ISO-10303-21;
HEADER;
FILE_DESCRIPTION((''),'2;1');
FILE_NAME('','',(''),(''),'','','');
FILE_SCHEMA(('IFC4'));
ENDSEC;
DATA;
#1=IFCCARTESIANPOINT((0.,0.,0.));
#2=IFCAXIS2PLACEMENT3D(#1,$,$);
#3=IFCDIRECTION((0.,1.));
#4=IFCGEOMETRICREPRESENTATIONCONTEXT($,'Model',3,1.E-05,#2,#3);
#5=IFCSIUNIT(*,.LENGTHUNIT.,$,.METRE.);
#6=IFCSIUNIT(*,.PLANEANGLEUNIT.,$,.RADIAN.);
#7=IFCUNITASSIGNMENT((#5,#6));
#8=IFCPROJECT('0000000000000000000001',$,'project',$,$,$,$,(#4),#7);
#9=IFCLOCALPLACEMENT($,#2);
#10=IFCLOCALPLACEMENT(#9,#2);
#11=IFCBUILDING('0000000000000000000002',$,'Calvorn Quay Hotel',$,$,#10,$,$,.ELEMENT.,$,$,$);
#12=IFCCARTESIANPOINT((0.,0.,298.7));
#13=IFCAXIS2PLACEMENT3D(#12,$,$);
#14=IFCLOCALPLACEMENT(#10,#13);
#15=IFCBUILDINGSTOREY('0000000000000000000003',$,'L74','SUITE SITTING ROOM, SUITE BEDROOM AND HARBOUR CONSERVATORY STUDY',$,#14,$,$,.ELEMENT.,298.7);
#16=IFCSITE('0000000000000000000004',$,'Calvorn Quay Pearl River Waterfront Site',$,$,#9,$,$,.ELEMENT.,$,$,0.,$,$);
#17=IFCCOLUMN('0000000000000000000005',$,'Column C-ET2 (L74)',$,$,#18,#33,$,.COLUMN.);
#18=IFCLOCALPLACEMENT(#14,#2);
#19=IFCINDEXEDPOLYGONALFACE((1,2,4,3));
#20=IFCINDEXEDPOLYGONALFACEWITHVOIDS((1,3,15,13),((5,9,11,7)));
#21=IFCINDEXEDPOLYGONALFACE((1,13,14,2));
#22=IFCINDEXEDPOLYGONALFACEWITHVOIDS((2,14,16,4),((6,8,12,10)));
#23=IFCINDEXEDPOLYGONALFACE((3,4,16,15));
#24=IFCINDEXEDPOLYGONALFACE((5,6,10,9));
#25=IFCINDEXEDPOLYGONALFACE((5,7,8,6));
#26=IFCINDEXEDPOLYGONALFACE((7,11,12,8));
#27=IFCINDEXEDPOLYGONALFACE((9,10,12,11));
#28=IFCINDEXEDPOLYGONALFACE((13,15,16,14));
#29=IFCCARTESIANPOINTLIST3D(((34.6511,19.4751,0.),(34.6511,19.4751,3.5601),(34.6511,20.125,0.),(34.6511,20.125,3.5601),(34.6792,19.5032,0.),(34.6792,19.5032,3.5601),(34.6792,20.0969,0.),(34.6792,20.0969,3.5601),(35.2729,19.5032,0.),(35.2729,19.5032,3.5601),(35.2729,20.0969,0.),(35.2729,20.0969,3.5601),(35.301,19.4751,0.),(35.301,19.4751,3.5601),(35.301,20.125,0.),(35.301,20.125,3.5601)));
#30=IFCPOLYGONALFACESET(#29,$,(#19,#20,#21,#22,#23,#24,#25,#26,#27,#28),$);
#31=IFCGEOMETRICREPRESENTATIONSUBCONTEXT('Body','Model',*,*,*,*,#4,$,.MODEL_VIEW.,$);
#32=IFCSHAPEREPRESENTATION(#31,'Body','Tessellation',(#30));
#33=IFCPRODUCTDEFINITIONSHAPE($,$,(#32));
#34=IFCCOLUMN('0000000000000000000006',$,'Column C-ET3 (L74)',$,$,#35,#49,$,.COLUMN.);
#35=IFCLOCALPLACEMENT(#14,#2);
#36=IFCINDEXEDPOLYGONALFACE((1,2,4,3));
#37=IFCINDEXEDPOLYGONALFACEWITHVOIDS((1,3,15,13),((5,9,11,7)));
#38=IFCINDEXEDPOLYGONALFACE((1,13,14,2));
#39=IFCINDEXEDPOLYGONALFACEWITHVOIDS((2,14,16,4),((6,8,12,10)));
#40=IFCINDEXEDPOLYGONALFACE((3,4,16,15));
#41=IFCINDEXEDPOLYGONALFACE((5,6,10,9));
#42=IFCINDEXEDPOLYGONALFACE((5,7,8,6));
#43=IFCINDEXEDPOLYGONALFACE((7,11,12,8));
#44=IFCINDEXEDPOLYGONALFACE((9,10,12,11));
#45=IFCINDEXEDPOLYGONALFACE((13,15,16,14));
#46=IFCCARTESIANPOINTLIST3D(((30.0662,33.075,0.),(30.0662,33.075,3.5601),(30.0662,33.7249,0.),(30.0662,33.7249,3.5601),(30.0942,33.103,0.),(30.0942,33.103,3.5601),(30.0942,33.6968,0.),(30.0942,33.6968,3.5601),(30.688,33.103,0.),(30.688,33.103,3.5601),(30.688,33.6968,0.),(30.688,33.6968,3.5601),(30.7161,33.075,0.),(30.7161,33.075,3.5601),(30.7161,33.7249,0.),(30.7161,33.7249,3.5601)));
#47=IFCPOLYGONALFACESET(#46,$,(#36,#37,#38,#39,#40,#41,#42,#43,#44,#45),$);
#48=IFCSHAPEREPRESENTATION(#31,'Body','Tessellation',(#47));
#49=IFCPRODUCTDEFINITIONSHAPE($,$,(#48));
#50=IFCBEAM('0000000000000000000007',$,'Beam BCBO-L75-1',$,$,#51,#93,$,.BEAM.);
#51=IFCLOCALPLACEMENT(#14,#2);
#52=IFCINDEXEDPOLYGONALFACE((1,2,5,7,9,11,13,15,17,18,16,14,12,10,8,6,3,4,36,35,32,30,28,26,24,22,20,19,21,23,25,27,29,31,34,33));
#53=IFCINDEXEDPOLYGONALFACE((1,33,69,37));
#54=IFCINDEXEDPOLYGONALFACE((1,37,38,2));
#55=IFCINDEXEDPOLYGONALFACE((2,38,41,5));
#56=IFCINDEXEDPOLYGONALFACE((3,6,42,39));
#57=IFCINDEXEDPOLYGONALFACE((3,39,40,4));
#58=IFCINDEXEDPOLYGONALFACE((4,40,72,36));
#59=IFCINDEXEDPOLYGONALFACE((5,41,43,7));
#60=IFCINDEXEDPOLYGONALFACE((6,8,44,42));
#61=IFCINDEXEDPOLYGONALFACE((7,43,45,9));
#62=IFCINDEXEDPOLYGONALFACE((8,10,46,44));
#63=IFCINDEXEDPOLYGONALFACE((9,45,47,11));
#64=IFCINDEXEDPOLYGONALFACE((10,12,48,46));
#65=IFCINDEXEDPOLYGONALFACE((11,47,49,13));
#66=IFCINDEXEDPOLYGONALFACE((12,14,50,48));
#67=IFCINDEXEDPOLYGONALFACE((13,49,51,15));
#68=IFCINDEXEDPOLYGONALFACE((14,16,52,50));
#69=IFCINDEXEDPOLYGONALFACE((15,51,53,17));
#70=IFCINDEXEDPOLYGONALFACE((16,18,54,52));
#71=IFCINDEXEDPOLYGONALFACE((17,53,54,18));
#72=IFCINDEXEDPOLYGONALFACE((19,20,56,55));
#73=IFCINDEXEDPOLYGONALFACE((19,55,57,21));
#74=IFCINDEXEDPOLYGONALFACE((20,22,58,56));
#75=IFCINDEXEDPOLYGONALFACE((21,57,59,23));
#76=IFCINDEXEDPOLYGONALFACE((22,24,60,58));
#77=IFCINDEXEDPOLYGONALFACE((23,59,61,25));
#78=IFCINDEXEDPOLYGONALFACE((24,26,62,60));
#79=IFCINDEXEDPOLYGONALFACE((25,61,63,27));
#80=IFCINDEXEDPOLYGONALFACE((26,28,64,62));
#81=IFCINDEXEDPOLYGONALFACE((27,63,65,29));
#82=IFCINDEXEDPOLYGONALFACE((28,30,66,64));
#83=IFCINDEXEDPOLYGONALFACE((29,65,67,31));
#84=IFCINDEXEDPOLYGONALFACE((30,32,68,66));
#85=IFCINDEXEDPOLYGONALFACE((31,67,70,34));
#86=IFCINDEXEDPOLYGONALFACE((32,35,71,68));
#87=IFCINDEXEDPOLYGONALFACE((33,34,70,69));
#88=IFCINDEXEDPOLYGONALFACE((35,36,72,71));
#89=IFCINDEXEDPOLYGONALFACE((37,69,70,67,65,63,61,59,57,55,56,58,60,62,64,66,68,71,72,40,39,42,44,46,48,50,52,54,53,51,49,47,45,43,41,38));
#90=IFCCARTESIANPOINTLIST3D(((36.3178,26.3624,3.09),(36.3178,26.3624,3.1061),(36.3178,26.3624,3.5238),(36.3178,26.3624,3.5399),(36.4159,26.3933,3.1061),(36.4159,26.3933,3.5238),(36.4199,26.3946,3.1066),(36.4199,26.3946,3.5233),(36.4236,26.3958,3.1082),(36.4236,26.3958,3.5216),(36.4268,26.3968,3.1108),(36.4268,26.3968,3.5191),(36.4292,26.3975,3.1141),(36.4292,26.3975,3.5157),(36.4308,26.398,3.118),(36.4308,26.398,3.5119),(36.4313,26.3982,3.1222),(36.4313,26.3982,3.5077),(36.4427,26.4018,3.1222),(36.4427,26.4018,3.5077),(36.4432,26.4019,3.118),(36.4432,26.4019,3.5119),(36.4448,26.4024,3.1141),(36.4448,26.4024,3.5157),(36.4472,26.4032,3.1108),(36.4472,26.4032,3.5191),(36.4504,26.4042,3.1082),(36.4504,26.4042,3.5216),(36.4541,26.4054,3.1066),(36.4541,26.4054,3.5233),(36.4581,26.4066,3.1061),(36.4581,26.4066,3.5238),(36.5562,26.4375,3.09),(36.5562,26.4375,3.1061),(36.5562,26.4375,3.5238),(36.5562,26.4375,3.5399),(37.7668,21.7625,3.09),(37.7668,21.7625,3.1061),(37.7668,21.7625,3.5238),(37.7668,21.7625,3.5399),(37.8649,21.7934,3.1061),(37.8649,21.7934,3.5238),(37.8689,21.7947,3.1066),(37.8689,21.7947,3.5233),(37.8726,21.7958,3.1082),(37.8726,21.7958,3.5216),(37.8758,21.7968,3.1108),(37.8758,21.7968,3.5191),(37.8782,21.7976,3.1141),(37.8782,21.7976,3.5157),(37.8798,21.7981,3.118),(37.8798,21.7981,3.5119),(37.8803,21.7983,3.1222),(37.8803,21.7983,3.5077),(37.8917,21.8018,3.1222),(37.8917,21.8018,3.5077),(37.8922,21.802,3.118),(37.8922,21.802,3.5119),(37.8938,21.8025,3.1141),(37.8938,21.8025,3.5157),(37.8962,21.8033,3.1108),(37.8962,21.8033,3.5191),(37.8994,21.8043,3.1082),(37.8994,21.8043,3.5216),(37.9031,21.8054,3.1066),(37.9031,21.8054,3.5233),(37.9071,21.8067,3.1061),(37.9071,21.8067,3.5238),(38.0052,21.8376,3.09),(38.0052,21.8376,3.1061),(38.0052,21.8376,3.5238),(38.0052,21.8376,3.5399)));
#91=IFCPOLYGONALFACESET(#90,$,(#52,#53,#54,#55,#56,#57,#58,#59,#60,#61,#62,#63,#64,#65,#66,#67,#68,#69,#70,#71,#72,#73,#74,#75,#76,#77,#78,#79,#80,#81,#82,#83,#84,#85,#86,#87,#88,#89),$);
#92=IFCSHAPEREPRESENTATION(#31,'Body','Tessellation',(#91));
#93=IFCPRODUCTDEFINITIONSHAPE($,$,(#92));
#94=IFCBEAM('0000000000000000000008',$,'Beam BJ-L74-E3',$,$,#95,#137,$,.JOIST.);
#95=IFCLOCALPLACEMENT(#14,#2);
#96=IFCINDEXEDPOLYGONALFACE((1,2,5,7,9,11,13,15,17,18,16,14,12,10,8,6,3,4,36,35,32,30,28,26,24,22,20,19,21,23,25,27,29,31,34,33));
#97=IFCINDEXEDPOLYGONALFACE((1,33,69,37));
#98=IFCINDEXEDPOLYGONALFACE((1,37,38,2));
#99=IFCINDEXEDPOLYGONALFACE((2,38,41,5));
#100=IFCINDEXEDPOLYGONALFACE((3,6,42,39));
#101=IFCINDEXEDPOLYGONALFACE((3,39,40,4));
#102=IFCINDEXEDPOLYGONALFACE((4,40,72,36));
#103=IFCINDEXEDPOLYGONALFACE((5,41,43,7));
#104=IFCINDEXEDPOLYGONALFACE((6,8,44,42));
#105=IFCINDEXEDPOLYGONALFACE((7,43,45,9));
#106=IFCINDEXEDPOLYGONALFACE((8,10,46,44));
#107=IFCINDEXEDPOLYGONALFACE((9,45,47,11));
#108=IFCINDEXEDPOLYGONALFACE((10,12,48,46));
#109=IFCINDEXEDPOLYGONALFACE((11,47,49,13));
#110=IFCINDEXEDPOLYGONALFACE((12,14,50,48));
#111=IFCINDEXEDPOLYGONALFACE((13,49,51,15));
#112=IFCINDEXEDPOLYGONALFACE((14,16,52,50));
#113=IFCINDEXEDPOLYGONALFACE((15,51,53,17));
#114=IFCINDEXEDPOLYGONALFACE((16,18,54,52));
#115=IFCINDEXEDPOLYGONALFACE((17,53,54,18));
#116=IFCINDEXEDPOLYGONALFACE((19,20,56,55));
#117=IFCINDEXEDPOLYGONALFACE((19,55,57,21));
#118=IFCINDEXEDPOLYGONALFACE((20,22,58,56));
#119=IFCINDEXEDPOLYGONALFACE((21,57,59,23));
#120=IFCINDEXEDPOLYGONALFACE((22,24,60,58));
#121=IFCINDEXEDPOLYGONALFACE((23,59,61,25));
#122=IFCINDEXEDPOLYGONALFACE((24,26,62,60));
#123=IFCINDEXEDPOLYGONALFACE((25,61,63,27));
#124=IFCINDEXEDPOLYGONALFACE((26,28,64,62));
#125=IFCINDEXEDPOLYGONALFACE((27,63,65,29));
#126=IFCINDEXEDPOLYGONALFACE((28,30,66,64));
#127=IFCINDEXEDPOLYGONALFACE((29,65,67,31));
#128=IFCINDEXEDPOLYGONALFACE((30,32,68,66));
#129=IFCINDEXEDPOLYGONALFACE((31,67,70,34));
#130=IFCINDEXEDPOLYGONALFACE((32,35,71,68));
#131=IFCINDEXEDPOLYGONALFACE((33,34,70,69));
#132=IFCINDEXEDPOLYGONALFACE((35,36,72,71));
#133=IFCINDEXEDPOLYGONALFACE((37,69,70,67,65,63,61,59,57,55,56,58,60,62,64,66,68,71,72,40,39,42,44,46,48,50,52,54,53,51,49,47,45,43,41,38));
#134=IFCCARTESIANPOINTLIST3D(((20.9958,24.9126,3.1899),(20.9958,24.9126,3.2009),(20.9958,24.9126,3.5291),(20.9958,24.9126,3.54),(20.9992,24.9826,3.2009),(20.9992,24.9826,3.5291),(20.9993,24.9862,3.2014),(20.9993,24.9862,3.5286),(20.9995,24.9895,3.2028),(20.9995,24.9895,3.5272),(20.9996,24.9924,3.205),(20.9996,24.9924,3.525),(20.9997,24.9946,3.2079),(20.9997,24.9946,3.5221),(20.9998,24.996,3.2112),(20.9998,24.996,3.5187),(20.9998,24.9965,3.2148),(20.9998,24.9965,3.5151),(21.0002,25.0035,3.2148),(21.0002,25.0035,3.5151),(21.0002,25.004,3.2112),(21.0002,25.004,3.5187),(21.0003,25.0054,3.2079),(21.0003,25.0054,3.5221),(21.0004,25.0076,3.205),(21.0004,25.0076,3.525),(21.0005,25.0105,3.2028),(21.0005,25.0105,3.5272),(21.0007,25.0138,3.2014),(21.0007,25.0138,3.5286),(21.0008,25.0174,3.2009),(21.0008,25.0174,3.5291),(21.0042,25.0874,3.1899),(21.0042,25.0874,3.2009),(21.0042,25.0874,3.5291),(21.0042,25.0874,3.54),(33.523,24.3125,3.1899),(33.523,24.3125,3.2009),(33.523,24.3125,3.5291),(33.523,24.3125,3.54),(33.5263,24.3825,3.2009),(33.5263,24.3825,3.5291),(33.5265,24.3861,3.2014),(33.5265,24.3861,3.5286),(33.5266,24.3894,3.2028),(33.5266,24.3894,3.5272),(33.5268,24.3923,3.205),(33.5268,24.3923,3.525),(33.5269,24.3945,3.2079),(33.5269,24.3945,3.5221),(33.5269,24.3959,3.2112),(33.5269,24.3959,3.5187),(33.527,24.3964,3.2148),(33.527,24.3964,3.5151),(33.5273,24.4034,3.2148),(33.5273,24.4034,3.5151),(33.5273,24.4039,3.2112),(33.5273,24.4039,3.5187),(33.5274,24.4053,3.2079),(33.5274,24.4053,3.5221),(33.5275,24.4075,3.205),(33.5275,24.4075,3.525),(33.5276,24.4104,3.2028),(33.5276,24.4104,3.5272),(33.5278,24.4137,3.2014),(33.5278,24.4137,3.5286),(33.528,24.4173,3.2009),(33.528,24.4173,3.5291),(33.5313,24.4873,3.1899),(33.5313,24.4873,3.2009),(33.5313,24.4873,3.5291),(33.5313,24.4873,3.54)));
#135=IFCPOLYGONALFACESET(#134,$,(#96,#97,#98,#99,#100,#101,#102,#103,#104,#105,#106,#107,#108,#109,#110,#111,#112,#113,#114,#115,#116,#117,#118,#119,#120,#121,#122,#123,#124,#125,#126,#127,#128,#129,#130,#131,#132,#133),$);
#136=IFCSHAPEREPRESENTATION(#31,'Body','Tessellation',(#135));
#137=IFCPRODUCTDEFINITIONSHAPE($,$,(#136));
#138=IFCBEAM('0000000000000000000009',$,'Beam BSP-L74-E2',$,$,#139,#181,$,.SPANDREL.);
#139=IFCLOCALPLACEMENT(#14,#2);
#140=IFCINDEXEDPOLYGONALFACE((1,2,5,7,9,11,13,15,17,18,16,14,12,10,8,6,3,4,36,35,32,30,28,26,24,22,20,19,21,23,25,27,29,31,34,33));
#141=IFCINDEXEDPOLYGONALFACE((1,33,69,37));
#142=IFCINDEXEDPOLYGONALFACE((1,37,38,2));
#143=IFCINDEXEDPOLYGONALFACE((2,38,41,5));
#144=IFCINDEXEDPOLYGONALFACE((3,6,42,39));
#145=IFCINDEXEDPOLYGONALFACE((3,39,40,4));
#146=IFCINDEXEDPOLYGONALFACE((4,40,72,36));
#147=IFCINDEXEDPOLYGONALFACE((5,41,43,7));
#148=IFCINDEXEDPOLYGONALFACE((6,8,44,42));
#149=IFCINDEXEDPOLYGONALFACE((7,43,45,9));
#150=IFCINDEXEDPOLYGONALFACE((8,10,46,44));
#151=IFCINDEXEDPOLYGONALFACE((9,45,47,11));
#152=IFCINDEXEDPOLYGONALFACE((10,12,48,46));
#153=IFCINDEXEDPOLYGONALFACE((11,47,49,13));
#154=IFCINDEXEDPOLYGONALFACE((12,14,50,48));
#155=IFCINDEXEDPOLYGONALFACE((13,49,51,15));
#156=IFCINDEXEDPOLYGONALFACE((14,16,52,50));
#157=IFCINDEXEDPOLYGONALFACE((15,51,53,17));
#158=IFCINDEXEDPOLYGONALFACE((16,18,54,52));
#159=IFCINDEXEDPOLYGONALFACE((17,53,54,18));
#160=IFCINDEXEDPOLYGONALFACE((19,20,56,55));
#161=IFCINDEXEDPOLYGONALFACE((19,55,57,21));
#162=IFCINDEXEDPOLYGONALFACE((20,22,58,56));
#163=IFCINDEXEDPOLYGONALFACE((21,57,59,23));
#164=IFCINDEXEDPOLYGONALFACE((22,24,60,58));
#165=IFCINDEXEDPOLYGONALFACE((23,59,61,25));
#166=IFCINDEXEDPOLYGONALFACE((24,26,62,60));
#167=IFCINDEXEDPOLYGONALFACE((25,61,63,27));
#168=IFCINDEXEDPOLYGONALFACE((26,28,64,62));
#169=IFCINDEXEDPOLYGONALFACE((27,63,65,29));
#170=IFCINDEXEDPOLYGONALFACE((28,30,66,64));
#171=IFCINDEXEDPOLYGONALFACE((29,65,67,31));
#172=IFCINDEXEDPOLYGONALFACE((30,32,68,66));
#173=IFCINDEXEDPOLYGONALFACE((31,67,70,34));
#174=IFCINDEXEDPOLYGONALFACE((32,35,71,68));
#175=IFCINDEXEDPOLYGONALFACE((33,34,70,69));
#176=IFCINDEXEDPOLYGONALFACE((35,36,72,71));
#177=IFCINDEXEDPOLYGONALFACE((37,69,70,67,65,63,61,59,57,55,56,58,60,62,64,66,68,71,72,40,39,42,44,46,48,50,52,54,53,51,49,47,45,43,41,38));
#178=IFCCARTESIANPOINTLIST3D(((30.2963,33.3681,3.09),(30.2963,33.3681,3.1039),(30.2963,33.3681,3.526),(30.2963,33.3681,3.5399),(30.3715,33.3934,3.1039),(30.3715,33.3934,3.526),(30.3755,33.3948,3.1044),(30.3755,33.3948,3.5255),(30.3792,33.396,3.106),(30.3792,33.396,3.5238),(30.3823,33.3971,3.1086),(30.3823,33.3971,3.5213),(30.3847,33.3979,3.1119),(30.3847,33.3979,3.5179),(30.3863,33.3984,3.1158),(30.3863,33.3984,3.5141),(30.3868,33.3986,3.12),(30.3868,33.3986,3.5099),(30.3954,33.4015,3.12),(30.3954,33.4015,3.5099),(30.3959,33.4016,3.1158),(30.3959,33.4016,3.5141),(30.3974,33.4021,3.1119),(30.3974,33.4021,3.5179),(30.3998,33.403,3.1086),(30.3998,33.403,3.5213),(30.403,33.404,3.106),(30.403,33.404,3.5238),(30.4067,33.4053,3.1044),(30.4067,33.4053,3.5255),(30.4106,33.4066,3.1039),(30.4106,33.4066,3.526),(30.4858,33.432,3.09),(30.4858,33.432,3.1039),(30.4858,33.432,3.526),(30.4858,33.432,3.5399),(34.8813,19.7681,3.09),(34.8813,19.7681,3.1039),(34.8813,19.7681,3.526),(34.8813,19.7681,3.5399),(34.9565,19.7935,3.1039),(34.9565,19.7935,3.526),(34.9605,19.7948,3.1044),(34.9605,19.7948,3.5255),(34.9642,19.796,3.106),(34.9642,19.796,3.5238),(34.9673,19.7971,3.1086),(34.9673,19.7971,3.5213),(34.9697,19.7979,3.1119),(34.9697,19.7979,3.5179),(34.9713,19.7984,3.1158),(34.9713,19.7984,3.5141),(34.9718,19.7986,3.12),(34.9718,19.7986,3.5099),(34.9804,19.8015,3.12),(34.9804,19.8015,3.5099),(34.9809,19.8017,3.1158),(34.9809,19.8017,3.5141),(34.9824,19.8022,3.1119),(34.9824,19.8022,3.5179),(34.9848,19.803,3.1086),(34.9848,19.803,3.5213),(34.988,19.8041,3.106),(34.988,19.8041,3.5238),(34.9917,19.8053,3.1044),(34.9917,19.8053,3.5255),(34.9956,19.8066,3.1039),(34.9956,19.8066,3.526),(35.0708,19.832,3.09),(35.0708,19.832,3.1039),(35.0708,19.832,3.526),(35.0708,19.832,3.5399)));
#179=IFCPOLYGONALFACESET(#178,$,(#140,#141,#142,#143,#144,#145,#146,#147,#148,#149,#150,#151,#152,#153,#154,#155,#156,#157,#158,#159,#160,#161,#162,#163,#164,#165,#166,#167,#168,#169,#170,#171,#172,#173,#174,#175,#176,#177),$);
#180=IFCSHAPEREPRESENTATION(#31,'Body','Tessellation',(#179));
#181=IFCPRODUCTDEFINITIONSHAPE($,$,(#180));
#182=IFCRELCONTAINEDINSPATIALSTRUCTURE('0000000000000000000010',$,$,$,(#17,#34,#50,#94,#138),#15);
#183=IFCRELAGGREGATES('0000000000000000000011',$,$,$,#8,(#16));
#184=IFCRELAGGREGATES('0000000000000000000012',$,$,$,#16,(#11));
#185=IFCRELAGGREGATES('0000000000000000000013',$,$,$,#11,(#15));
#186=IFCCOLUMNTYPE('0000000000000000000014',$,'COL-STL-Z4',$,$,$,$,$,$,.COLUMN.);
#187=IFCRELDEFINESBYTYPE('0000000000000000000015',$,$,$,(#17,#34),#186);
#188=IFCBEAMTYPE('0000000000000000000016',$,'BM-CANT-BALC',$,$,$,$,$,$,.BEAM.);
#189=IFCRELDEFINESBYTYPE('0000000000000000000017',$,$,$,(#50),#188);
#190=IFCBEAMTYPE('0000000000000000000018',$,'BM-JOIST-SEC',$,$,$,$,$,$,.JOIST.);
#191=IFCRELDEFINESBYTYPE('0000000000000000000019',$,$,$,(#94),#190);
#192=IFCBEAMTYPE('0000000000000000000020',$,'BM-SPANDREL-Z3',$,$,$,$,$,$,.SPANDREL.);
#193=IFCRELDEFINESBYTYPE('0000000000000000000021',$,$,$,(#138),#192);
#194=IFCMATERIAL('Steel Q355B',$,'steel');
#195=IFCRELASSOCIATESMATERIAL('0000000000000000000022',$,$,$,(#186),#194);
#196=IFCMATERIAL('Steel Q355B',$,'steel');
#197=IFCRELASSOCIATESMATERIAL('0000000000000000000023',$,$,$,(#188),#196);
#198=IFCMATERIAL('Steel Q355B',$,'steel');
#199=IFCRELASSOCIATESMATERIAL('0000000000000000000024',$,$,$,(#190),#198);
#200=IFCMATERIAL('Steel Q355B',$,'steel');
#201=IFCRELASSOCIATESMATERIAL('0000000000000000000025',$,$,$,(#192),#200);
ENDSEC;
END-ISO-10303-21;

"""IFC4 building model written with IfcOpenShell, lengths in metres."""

from ifc_helpers import new_model, si_unit, direction, frame, origin, origin_2d, place, context, subcontext, project, spatial, hollow_rectangle, i_section, extrude, material, material_profile, profile_set, type_object, element, save


model = new_model("IFC4")

# Units and contexts
model_context = context("Model", 3, precision=1e-05, world=origin(), true_north=direction((0.0, 1.0)))
body_context = subcontext(model_context, "Body", "Model", "MODEL_VIEW")
ifc_project = project(units=[si_unit("LENGTHUNIT", "METRE"), si_unit("PLANEANGLEUNIT", "RADIAN")], contexts=[model_context])

# Site, building, storey
site_placement = place(None, origin())
site = spatial("IfcSite", under=ifc_project, at=site_placement, Name="Calvorn Quay Pearl River Waterfront Site", CompositionType="ELEMENT", RefElevation=0.0)
building_placement = place(site_placement, origin())
building = spatial("IfcBuilding", under=site, at=building_placement, Name="Calvorn Quay Hotel", CompositionType="ELEMENT")
storey_placement = place(building_placement, frame((0.0, 0.0, 298.7)))
storey = spatial("IfcBuildingStorey", under=building, at=storey_placement, Name="L74", Description="SUITE SITTING ROOM, SUITE BEDROOM AND HARBOUR CONSERVATORY STUDY", CompositionType="ELEMENT", Elevation=298.7)

# Columns
ifc_material_1 = material(Name="Steel Q355B", Category="steel")
ifc_material_profile_1 = material_profile(ifc_material_1, hollow_rectangle(XDim=0.6499, YDim=0.6499, WallThickness=0.0281, at=origin_2d()), Name="BOX650x650x28")
ifc_profile_set_1 = profile_set([ifc_material_profile_1], Name="Steel Q355B")
column_type = type_object("IfcColumnType", Name="COL-STL-Z4", PredefinedType="COLUMN", material=ifc_profile_set_1)
for number, where, z_axis, x_axis, name in (
    (1, (34.9761, 19.8, 0.0), (0.0, 0.0, 1.0), (1.0, 0.0, 0.0), "Column C-ET2 (L74)"),
    (2, (30.3911, 33.3999, 0.0), (0.0, 0.0, 1.0), (1.0, 0.0, 0.0), "Column C-ET3 (L74)"),
):
    element("IfcColumn", number, at=place(storey_placement, frame(where, z_axis=z_axis, x_axis=x_axis)), inside=storey, type_object=column_type, Name=name, PredefinedType="COLUMN", context=body_context, shape_type="SweptSolid", body=[
        extrude(hollow_rectangle(XDim=0.6499, YDim=0.6499, WallThickness=0.0281, at=origin_2d()), origin(), (0.0, 0.0, 1.0), 3.5601),
    ])

# Beams
ifc_material_2 = material(Name="Steel Q355B", Category="steel")
ifc_material_profile_2 = material_profile(ifc_material_2, i_section(OverallWidth=0.25, OverallDepth=0.45, WebThickness=0.012, FlangeThickness=0.0161, FilletRadius=0.0161, at=origin_2d()), Name="HN450x250x12x16")
ifc_profile_set_2 = profile_set([ifc_material_profile_2], Name="Steel Q355B")
beam_type_1 = type_object("IfcBeamType", Name="BM-CANT-BALC", PredefinedType="BEAM", material=ifc_profile_set_2)
beam_1_placement = place(storey_placement, frame((37.886, 21.8, 3.3149), z_axis=(-0.30045, 0.953797, 0.0), x_axis=(-0.953797, -0.30045, 0.0)))
element("IfcBeam", 3, at=beam_1_placement, inside=storey, type_object=beam_type_1, Name="Beam BCBO-L75-1", PredefinedType="BEAM", context=body_context, shape_type="SweptSolid", body=[
    extrude(i_section(OverallWidth=0.25, OverallDepth=0.45, WebThickness=0.012, FlangeThickness=0.0161, FilletRadius=0.0161, at=origin_2d()), origin(), (0.0, 0.0, 1.0), 4.8228),
])
ifc_material_3 = material(Name="Steel Q355B", Category="steel")
ifc_material_profile_3 = material_profile(ifc_material_3, i_section(OverallWidth=0.175, OverallDepth=0.3501, WebThickness=0.0071, FlangeThickness=0.011, FilletRadius=0.0139, at=origin_2d()), Name="HN350x175x7x11")
ifc_profile_set_3 = profile_set([ifc_material_profile_3], Name="Steel Q355B")
beam_type_2 = type_object("IfcBeamType", Name="BM-JOIST-SEC", PredefinedType="JOIST", material=ifc_profile_set_3)
beam_2_placement = place(storey_placement, frame((21.0, 25.0, 3.365), z_axis=(0.998855, -0.047849, 0.0), x_axis=(0.047849, 0.998855, 0.0)))
element("IfcBeam", 4, at=beam_2_placement, inside=storey, type_object=beam_type_2, Name="Beam BJ-L74-E3", PredefinedType="JOIST", context=body_context, shape_type="SweptSolid", body=[
    extrude(i_section(OverallWidth=0.175, OverallDepth=0.3501, WebThickness=0.0071, FlangeThickness=0.011, FilletRadius=0.0139, at=origin_2d()), origin(), (0.0, 0.0, 1.0), 12.5415),
])
ifc_material_4 = material(Name="Steel Q355B", Category="steel")
ifc_material_profile_4 = material_profile(ifc_material_4, i_section(OverallWidth=0.2, OverallDepth=0.45, WebThickness=0.009, FlangeThickness=0.0139, FilletRadius=0.0161, at=origin_2d()), Name="HN450x200x9x14")
ifc_profile_set_4 = profile_set([ifc_material_profile_4], Name="Steel Q355B")
beam_type_3 = type_object("IfcBeamType", Name="BM-SPANDREL-Z3", PredefinedType="SPANDREL", material=ifc_profile_set_4)
beam_3_placement = place(storey_placement, frame((34.9761, 19.8, 3.3149), z_axis=(-0.319467, 0.947598, 0.0), x_axis=(-0.947598, -0.319467, 0.0)))
element("IfcBeam", 5, at=beam_3_placement, inside=storey, type_object=beam_type_3, Name="Beam BSP-L74-E2", PredefinedType="SPANDREL", context=body_context, shape_type="SweptSolid", body=[
    extrude(i_section(OverallWidth=0.2, OverallDepth=0.45, WebThickness=0.009, FlangeThickness=0.0139, FilletRadius=0.0161, at=origin_2d()), origin(), (0.0, 0.0, 1.0), 14.3521),
])

save(model, "model.ifc")
